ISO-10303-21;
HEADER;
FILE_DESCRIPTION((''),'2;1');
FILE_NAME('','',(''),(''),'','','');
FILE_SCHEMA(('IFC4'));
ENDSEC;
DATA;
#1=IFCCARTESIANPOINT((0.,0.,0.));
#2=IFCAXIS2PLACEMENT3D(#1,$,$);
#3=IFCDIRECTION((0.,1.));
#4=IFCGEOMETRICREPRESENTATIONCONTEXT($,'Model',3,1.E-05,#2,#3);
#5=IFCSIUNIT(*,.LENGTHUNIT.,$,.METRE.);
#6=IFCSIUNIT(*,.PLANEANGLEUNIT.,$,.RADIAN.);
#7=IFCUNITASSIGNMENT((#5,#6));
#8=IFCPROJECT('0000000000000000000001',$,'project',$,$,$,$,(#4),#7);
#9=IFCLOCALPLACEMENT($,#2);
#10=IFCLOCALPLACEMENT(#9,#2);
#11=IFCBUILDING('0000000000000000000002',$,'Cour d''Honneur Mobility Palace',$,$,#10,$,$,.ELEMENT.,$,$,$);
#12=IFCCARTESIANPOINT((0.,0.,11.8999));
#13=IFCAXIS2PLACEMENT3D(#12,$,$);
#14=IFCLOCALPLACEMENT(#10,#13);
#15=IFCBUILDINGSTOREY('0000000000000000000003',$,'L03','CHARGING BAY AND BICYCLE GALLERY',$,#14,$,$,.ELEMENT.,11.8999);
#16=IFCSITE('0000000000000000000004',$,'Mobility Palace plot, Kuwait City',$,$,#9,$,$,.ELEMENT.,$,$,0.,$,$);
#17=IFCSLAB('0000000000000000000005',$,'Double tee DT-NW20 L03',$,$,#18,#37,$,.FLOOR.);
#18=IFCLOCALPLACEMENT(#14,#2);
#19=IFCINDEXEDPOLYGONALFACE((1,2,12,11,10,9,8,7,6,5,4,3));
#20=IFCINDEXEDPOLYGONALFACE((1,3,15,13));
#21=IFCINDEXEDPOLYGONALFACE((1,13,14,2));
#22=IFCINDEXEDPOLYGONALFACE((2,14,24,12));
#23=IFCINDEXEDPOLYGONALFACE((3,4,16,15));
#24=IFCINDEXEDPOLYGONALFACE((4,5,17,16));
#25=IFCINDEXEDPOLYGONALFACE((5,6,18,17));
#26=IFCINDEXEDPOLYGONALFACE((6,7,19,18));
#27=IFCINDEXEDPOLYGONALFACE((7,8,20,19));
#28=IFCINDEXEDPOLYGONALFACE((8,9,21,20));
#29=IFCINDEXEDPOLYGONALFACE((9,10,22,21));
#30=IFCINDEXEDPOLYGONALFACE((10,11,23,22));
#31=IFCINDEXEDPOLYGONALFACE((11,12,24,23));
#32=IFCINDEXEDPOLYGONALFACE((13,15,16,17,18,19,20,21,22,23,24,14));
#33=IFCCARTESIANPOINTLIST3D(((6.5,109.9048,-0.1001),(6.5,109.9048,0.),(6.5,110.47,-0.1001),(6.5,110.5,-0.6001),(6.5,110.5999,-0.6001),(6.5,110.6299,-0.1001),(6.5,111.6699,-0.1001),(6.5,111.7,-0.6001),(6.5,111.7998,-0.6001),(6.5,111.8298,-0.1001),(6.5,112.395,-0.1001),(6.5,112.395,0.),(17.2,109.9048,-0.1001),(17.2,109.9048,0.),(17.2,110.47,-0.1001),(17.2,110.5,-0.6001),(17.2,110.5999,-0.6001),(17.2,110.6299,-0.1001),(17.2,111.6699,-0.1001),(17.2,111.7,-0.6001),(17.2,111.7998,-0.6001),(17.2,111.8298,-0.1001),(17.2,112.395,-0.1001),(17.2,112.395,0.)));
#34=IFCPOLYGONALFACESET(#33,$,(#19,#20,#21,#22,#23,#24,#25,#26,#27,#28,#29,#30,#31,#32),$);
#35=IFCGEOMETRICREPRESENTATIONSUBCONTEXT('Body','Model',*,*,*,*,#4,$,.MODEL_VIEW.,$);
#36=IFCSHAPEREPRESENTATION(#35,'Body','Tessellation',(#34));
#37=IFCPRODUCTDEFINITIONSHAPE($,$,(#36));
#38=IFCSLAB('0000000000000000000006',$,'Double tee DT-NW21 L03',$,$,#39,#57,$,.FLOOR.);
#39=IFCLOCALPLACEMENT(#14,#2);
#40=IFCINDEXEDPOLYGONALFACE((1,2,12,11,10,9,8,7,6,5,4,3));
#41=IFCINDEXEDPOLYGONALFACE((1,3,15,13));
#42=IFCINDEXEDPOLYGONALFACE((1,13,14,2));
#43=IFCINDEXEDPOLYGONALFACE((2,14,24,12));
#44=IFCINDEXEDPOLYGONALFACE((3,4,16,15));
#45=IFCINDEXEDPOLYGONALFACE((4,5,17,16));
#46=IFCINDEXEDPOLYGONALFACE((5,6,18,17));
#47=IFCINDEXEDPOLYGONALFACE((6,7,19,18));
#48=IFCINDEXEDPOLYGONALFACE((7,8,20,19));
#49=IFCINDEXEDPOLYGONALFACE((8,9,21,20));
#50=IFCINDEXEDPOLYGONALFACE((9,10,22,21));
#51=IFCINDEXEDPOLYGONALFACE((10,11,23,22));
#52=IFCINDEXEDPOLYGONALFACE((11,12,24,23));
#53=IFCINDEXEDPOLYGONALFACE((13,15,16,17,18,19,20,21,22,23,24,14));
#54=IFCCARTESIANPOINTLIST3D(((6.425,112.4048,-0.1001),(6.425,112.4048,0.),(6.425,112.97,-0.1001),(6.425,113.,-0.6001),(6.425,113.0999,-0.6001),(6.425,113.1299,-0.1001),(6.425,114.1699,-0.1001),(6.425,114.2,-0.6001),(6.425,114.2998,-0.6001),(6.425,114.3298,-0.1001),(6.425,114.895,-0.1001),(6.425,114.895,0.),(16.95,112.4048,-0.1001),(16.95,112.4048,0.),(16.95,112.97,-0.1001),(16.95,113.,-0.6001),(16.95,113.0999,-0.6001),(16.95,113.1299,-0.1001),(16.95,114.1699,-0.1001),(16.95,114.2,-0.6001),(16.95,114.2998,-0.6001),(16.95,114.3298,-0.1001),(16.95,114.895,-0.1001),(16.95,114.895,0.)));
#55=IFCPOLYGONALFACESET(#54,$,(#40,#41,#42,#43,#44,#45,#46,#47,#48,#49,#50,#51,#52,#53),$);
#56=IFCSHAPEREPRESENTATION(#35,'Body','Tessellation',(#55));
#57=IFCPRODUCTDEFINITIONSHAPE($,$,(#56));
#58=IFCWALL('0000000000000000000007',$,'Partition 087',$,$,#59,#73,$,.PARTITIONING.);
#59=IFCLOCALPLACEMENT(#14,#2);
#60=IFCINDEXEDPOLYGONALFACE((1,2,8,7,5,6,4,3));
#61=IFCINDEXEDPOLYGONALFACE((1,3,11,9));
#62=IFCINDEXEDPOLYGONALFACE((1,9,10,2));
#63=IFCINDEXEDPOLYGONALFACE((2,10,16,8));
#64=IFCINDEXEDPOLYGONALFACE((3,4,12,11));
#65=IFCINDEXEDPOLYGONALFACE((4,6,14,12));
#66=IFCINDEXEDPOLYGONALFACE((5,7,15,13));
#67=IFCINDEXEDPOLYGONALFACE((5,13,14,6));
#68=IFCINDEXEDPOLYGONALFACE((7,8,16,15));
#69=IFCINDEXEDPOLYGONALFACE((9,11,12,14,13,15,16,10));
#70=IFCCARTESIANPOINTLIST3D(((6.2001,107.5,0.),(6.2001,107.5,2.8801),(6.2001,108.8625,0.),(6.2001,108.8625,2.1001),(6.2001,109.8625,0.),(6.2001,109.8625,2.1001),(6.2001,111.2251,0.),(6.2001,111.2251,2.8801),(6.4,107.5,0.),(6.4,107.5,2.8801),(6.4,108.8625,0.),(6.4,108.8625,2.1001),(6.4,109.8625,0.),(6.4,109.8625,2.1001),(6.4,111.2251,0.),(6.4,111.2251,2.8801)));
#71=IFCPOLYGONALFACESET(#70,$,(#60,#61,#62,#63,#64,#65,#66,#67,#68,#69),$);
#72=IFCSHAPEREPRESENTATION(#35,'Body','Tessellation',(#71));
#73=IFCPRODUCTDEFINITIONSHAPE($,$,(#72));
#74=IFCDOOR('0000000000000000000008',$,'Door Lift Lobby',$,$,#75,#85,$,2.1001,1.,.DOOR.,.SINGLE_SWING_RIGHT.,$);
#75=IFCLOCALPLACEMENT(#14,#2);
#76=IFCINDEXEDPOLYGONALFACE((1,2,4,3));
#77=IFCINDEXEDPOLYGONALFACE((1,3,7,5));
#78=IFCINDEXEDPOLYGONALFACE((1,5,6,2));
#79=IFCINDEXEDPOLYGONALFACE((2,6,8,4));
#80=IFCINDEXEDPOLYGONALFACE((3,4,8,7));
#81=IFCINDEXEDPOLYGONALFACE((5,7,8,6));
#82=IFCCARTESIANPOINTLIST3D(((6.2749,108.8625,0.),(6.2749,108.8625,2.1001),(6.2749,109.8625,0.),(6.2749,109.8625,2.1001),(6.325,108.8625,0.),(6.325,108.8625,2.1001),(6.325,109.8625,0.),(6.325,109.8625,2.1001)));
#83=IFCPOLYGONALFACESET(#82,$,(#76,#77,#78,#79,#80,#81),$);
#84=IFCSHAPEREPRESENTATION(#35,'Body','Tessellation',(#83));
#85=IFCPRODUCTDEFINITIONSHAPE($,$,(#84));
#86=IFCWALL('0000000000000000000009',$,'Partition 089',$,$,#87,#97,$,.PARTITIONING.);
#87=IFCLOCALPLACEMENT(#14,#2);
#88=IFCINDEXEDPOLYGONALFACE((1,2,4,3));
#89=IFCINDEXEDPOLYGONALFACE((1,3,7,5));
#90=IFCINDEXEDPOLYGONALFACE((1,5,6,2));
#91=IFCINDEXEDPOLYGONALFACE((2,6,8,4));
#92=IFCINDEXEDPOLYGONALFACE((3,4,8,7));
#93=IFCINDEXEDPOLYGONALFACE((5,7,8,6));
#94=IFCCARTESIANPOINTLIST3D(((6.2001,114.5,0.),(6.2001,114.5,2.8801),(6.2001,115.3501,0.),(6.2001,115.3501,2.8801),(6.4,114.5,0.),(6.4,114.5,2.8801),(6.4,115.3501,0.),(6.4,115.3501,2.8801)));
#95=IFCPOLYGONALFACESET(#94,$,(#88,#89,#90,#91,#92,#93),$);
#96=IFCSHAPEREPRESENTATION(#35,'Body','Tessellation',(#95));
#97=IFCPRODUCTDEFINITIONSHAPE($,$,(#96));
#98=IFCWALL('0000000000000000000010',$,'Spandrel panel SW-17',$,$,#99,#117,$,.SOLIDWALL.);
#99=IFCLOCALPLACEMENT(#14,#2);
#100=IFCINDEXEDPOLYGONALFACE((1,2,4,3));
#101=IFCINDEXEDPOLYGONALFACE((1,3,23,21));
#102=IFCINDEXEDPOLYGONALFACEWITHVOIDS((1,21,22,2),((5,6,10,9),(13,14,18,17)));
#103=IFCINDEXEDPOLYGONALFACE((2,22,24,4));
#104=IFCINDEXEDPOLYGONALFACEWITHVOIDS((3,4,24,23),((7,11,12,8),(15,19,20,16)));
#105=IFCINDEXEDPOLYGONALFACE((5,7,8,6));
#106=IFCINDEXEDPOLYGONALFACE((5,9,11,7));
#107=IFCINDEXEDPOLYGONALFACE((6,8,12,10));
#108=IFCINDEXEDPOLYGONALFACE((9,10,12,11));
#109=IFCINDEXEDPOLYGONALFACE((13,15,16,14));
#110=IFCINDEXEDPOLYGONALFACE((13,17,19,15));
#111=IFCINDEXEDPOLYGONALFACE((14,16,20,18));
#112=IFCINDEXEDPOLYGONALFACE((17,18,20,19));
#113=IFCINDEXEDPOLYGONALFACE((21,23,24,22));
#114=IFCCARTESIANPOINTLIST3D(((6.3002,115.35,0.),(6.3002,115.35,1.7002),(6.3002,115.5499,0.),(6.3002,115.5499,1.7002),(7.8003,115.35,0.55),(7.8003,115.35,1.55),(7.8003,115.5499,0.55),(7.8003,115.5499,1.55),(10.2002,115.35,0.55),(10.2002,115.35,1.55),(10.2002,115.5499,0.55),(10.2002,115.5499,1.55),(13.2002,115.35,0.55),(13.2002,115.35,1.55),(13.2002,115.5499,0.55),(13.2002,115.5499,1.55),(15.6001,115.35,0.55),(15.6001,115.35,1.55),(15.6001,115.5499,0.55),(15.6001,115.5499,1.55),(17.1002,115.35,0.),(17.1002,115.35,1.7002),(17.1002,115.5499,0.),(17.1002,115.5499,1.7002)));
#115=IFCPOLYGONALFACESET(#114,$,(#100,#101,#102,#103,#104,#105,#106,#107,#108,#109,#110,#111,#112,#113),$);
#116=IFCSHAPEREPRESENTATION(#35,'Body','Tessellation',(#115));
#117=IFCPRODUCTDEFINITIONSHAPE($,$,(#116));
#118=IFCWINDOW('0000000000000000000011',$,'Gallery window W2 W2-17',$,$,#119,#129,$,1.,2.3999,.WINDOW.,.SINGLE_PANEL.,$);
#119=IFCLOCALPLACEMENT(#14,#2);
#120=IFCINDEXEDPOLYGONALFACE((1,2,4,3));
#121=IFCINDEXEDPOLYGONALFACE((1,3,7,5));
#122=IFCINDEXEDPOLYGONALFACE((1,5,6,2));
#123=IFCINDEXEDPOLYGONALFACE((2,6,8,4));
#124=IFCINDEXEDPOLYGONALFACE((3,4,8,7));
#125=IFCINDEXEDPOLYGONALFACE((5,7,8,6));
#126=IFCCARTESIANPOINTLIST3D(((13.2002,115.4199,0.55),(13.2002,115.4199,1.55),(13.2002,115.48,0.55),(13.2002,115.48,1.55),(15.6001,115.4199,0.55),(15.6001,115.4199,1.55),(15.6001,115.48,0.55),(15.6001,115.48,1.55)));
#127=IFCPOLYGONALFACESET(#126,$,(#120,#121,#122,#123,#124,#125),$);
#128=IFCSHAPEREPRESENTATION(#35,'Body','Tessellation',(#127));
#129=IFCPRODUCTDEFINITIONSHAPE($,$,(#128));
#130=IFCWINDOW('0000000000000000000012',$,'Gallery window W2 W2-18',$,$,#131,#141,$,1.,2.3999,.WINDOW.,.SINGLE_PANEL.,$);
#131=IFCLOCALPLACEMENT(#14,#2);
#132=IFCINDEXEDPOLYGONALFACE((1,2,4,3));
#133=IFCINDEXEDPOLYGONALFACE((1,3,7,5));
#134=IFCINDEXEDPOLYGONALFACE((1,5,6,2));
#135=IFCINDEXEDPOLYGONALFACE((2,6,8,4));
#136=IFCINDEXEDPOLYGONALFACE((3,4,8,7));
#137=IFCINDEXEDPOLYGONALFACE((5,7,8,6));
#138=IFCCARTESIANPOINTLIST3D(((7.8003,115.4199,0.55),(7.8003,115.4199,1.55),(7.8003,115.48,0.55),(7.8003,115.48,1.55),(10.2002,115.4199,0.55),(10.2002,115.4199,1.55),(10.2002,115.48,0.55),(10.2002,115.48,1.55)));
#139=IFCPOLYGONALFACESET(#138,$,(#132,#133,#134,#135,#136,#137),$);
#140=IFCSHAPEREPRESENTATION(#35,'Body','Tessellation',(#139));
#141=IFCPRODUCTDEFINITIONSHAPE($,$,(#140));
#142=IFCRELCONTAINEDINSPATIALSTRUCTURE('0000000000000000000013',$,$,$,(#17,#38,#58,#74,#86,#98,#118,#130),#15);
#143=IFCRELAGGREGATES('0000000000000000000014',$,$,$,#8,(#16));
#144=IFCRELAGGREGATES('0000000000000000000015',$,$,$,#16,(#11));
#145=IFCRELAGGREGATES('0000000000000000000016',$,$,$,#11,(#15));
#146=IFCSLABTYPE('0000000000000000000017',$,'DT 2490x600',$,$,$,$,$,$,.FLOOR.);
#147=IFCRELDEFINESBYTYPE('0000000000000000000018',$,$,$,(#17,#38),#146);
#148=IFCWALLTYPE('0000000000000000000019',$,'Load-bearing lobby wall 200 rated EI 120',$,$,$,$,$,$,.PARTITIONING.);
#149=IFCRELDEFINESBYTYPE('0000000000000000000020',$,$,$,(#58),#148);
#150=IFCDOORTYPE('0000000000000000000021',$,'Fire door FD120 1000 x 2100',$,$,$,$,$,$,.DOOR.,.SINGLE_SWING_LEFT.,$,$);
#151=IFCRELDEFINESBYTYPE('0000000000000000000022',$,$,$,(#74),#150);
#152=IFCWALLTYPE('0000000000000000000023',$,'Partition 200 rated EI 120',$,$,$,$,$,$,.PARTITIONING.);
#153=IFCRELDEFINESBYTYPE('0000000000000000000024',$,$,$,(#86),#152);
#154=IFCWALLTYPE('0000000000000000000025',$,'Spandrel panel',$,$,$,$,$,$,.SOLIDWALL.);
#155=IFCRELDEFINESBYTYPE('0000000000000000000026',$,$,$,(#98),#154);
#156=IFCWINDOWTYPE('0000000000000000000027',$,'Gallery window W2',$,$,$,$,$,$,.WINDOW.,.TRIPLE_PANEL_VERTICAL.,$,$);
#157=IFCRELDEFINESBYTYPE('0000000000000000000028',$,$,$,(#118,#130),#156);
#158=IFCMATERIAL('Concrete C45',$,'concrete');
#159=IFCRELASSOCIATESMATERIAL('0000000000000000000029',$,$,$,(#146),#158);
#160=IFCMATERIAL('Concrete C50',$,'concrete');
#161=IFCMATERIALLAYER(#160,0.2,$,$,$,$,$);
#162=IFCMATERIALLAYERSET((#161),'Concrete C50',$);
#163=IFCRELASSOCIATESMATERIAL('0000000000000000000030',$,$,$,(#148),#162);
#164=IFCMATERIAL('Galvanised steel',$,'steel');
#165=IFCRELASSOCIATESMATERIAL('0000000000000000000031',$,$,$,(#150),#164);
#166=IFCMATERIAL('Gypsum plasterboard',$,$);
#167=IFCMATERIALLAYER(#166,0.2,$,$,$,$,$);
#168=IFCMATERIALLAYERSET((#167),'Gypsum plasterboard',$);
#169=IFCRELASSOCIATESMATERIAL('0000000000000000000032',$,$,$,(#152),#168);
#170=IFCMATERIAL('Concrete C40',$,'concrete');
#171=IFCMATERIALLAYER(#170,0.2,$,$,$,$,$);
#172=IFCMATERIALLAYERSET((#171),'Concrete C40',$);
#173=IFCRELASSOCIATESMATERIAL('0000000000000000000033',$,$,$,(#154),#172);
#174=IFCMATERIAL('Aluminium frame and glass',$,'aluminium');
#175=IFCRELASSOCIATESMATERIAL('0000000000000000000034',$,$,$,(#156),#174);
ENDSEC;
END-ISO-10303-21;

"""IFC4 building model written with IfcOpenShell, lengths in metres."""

from ifc_helpers import new_model, si_unit, direction, frame, frame_2d, origin, place, context, subcontext, project, spatial, polyline, rectangle, outline, extrude, material, layer, layer_set, material_profile, profile_set, type_object, element, fill, save


model = new_model("IFC4")

# Units and contexts
model_context = context("Model", 3, precision=1e-05, world=origin(), true_north=direction((0.0, 1.0)))
body_context = subcontext(model_context, "Body", "Model", "MODEL_VIEW")
ifc_project = project(units=[si_unit("LENGTHUNIT", "METRE"), si_unit("PLANEANGLEUNIT", "RADIAN")], contexts=[model_context])

# Site, building, storey
site_placement = place(None, origin())
site = spatial("IfcSite", under=ifc_project, at=site_placement, Name="Mobility Palace plot, Kuwait City", CompositionType="ELEMENT", RefElevation=0.0)
building_placement = place(site_placement, origin())
building = spatial("IfcBuilding", under=site, at=building_placement, Name="Cour d'Honneur Mobility Palace", CompositionType="ELEMENT")
storey_placement = place(building_placement, frame((0.0, 0.0, 11.8999)))
storey = spatial("IfcBuildingStorey", under=building, at=storey_placement, Name="L03", Description="CHARGING BAY AND BICYCLE GALLERY", CompositionType="ELEMENT", Elevation=11.8999)

# Slabs
ifc_material_1 = material(Name="Concrete C45", Category="concrete")
ifc_material_profile_1 = material_profile(ifc_material_1, outline(polyline([(-1.2451, 0.0), (1.2451, 0.0), (1.2451, -0.1001), (0.6799, -0.1001), (0.6499, -0.6001), (0.55, -0.6001), (0.52, -0.1001), (-0.52, -0.1001), (-0.55, -0.6001), (-0.6499, -0.6001), (-0.6799, -0.1001), (-1.2451, -0.1001), (-1.2451, 0.0)])), Name="DT 2490x600")
ifc_profile_set_1 = profile_set([ifc_material_profile_1], Name="Concrete C45")
slab_type = type_object("IfcSlabType", Name="DT 2490x600", PredefinedType="FLOOR", material=ifc_profile_set_1)
slab_1_placement = place(storey_placement, frame((6.5, 111.1499, 0.0), z_axis=(1.0, 0.0, 0.0), x_axis=(0.0, 1.0, 0.0)))
element("IfcSlab", 1, at=slab_1_placement, inside=storey, type_object=slab_type, Name="Double tee DT-NW20 L03", PredefinedType="FLOOR", context=body_context, shape_type="SweptSolid", body=[
    extrude(outline(polyline([(-1.2451, 0.0), (1.2451, 0.0), (1.2451, -0.1001), (0.6799, -0.1001), (0.6499, -0.6001), (0.55, -0.6001), (0.52, -0.1001), (-0.52, -0.1001), (-0.55, -0.6001), (-0.6499, -0.6001), (-0.6799, -0.1001), (-1.2451, -0.1001), (-1.2451, 0.0)])), origin(), (0.0, 0.0, 1.0), 10.7),
])
slab_2_placement = place(storey_placement, frame((6.425, 113.6499, 0.0), z_axis=(1.0, 0.0, 0.0), x_axis=(0.0, 1.0, 0.0)))
element("IfcSlab", 2, at=slab_2_placement, inside=storey, type_object=slab_type, Name="Double tee DT-NW21 L03", PredefinedType="FLOOR", context=body_context, shape_type="SweptSolid", body=[
    extrude(outline(polyline([(-1.2451, 0.0), (1.2451, 0.0), (1.2451, -0.1001), (0.6799, -0.1001), (0.6499, -0.6001), (0.55, -0.6001), (0.52, -0.1001), (-0.52, -0.1001), (-0.55, -0.6001), (-0.6499, -0.6001), (-0.6799, -0.1001), (-1.2451, -0.1001), (-1.2451, 0.0)])), origin(), (0.0, 0.0, 1.0), 10.5249),
])

# Wall, opening, door
ifc_material_2 = material(Name="Concrete C50", Category="concrete")
ifc_layer_1 = layer(ifc_material_2, 0.2)
ifc_layer_set_1 = layer_set([ifc_layer_1], Name="Concrete C50")
wall_type_1 = type_object("IfcWallType", Name="Load-bearing lobby wall 200 rated EI 120", PredefinedType="PARTITIONING", material=ifc_layer_set_1)
wall_1_placement = place(storey_placement, frame((6.3, 111.2251, 0.0), z_axis=(0.0, 0.0, 1.0), x_axis=(0.0, -1.0, 0.0)))
wall_1 = element("IfcWall", 3, at=wall_1_placement, inside=storey, type_object=wall_type_1, Name="Partition 087", PredefinedType="PARTITIONING", context=body_context, shape_type="SweptSolid", body=[
    extrude(rectangle(XDim=3.7251, YDim=0.2, at=frame_2d((1.8625, 0.0))), origin(), (0.0, 0.0, 1.0), 2.8801),
])
opening_1_placement = place(wall_1_placement, frame((1.3625, 0.0, 0.0)))
opening_1 = element("IfcOpeningElement", 4, at=opening_1_placement, cuts=wall_1, PredefinedType="OPENING", context=body_context, shape_type="SweptSolid", body=[
    extrude(rectangle(XDim=1.0, YDim=2.1001, at=frame_2d((0.5, 1.05))), frame((0.0, 0.1099, 0.0), z_axis=(0.0, -1.0, 0.0), x_axis=(1.0, 0.0, 0.0)), (0.0, 0.0, 1.0), 0.22),
])
ifc_material_3 = material(Name="Galvanised steel", Category="steel")
door_type_1 = type_object("IfcDoorType", Name="Fire door FD120 1000 x 2100", OperationType="SINGLE_SWING_LEFT", PredefinedType="DOOR", material=ifc_material_3)
door_1_placement = place(opening_1_placement, origin())
door_1 = element("IfcDoor", 5, at=door_1_placement, inside=storey, type_object=door_type_1, Name="Door Lift Lobby", OperationType="SINGLE_SWING_RIGHT", OverallHeight=2.1001, OverallWidth=1.0, PredefinedType="DOOR", context=body_context, shape_type="SweptSolid", body=[
    extrude(rectangle(XDim=1.0, YDim=2.1001, at=frame_2d((0.5, 1.05))), frame((0.0, 0.0249, 0.0), z_axis=(0.0, -1.0, 0.0), x_axis=(1.0, 0.0, 0.0)), (0.0, 0.0, 1.0), 0.05),
])
fill(opening_1, door_1)

# Wall
ifc_material_4 = material(Name="Gypsum plasterboard")
ifc_layer_2 = layer(ifc_material_4, 0.2)
ifc_layer_set_2 = layer_set([ifc_layer_2], Name="Gypsum plasterboard")
wall_type_2 = type_object("IfcWallType", Name="Partition 200 rated EI 120", PredefinedType="PARTITIONING", material=ifc_layer_set_2)
wall_2_placement = place(storey_placement, frame((6.3, 115.3501, 0.0), z_axis=(0.0, 0.0, 1.0), x_axis=(0.0, -1.0, 0.0)))
element("IfcWall", 6, at=wall_2_placement, inside=storey, type_object=wall_type_2, Name="Partition 089", PredefinedType="PARTITIONING", context=body_context, shape_type="SweptSolid", body=[
    extrude(rectangle(XDim=0.8501, YDim=0.2, at=frame_2d((0.425, 0.0))), origin(), (0.0, 0.0, 1.0), 2.8801),
])

# Wall, openings, windows
ifc_material_5 = material(Name="Concrete C40", Category="concrete")
ifc_layer_3 = layer(ifc_material_5, 0.2)
ifc_layer_set_3 = layer_set([ifc_layer_3], Name="Concrete C40")
wall_type_3 = type_object("IfcWallType", Name="Spandrel panel", PredefinedType="SOLIDWALL", material=ifc_layer_set_3)
wall_3_placement = place(storey_placement, frame((17.1001, 115.45, 0.0), z_axis=(0.0, 0.0, 1.0), x_axis=(-1.0, 0.0, 0.0)))
wall_3 = element("IfcWall", 7, at=wall_3_placement, inside=storey, type_object=wall_type_3, Name="Spandrel panel SW-17", PredefinedType="SOLIDWALL", context=body_context, shape_type="SweptSolid", body=[
    extrude(rectangle(XDim=10.8, YDim=0.2, at=frame_2d((5.3999, 0.0))), origin(), (0.0, 0.0, 1.0), 1.7002),
])
opening_2_placement = place(wall_3_placement, frame((1.5, 0.0, 0.55)))
opening_2 = element("IfcOpeningElement", 8, at=opening_2_placement, cuts=wall_3, PredefinedType="OPENING", context=body_context, shape_type="SweptSolid", body=[
    extrude(rectangle(XDim=2.3999, YDim=1.0, at=frame_2d((1.2, 0.5))), frame((0.0, 0.1099, 0.0), z_axis=(0.0, -1.0, 0.0), x_axis=(1.0, 0.0, 0.0)), (0.0, 0.0, 1.0), 0.22),
])
opening_3_placement = place(wall_3_placement, frame((6.8999, 0.0, 0.55)))
opening_3 = element("IfcOpeningElement", 9, at=opening_3_placement, cuts=wall_3, PredefinedType="OPENING", context=body_context, shape_type="SweptSolid", body=[
    extrude(rectangle(XDim=2.3999, YDim=1.0, at=frame_2d((1.2, 0.5))), frame((0.0, 0.1099, 0.0), z_axis=(0.0, -1.0, 0.0), x_axis=(1.0, 0.0, 0.0)), (0.0, 0.0, 1.0), 0.22),
])
ifc_material_6 = material(Name="Aluminium frame and glass", Category="aluminium")
window_type = type_object("IfcWindowType", Name="Gallery window W2", PartitioningType="TRIPLE_PANEL_VERTICAL", PredefinedType="WINDOW", material=ifc_material_6)
window_1_placement = place(opening_2_placement, origin())
window_1 = element("IfcWindow", 10, at=window_1_placement, inside=storey, type_object=window_type, Name="Gallery window W2 W2-17", OverallHeight=1.0, OverallWidth=2.3999, PartitioningType="SINGLE_PANEL", PredefinedType="WINDOW", context=body_context, shape_type="SweptSolid", body=[
    extrude(rectangle(XDim=2.3999, YDim=1.0, at=frame_2d((1.2, 0.5))), frame((0.0, 0.03, 0.0), z_axis=(0.0, -1.0, 0.0), x_axis=(1.0, 0.0, 0.0)), (0.0, 0.0, 1.0), 0.0601),
])
fill(opening_2, window_1)
window_2_placement = place(opening_3_placement, origin())
window_2 = element("IfcWindow", 11, at=window_2_placement, inside=storey, type_object=window_type, Name="Gallery window W2 W2-18", OverallHeight=1.0, OverallWidth=2.3999, PartitioningType="SINGLE_PANEL", PredefinedType="WINDOW", context=body_context, shape_type="SweptSolid", body=[
    extrude(rectangle(XDim=2.3999, YDim=1.0, at=frame_2d((1.2, 0.5))), frame((0.0, 0.03, 0.0), z_axis=(0.0, -1.0, 0.0), x_axis=(1.0, 0.0, 0.0)), (0.0, 0.0, 1.0), 0.0601),
])
fill(opening_3, window_2)

save(model, "model.ifc")
